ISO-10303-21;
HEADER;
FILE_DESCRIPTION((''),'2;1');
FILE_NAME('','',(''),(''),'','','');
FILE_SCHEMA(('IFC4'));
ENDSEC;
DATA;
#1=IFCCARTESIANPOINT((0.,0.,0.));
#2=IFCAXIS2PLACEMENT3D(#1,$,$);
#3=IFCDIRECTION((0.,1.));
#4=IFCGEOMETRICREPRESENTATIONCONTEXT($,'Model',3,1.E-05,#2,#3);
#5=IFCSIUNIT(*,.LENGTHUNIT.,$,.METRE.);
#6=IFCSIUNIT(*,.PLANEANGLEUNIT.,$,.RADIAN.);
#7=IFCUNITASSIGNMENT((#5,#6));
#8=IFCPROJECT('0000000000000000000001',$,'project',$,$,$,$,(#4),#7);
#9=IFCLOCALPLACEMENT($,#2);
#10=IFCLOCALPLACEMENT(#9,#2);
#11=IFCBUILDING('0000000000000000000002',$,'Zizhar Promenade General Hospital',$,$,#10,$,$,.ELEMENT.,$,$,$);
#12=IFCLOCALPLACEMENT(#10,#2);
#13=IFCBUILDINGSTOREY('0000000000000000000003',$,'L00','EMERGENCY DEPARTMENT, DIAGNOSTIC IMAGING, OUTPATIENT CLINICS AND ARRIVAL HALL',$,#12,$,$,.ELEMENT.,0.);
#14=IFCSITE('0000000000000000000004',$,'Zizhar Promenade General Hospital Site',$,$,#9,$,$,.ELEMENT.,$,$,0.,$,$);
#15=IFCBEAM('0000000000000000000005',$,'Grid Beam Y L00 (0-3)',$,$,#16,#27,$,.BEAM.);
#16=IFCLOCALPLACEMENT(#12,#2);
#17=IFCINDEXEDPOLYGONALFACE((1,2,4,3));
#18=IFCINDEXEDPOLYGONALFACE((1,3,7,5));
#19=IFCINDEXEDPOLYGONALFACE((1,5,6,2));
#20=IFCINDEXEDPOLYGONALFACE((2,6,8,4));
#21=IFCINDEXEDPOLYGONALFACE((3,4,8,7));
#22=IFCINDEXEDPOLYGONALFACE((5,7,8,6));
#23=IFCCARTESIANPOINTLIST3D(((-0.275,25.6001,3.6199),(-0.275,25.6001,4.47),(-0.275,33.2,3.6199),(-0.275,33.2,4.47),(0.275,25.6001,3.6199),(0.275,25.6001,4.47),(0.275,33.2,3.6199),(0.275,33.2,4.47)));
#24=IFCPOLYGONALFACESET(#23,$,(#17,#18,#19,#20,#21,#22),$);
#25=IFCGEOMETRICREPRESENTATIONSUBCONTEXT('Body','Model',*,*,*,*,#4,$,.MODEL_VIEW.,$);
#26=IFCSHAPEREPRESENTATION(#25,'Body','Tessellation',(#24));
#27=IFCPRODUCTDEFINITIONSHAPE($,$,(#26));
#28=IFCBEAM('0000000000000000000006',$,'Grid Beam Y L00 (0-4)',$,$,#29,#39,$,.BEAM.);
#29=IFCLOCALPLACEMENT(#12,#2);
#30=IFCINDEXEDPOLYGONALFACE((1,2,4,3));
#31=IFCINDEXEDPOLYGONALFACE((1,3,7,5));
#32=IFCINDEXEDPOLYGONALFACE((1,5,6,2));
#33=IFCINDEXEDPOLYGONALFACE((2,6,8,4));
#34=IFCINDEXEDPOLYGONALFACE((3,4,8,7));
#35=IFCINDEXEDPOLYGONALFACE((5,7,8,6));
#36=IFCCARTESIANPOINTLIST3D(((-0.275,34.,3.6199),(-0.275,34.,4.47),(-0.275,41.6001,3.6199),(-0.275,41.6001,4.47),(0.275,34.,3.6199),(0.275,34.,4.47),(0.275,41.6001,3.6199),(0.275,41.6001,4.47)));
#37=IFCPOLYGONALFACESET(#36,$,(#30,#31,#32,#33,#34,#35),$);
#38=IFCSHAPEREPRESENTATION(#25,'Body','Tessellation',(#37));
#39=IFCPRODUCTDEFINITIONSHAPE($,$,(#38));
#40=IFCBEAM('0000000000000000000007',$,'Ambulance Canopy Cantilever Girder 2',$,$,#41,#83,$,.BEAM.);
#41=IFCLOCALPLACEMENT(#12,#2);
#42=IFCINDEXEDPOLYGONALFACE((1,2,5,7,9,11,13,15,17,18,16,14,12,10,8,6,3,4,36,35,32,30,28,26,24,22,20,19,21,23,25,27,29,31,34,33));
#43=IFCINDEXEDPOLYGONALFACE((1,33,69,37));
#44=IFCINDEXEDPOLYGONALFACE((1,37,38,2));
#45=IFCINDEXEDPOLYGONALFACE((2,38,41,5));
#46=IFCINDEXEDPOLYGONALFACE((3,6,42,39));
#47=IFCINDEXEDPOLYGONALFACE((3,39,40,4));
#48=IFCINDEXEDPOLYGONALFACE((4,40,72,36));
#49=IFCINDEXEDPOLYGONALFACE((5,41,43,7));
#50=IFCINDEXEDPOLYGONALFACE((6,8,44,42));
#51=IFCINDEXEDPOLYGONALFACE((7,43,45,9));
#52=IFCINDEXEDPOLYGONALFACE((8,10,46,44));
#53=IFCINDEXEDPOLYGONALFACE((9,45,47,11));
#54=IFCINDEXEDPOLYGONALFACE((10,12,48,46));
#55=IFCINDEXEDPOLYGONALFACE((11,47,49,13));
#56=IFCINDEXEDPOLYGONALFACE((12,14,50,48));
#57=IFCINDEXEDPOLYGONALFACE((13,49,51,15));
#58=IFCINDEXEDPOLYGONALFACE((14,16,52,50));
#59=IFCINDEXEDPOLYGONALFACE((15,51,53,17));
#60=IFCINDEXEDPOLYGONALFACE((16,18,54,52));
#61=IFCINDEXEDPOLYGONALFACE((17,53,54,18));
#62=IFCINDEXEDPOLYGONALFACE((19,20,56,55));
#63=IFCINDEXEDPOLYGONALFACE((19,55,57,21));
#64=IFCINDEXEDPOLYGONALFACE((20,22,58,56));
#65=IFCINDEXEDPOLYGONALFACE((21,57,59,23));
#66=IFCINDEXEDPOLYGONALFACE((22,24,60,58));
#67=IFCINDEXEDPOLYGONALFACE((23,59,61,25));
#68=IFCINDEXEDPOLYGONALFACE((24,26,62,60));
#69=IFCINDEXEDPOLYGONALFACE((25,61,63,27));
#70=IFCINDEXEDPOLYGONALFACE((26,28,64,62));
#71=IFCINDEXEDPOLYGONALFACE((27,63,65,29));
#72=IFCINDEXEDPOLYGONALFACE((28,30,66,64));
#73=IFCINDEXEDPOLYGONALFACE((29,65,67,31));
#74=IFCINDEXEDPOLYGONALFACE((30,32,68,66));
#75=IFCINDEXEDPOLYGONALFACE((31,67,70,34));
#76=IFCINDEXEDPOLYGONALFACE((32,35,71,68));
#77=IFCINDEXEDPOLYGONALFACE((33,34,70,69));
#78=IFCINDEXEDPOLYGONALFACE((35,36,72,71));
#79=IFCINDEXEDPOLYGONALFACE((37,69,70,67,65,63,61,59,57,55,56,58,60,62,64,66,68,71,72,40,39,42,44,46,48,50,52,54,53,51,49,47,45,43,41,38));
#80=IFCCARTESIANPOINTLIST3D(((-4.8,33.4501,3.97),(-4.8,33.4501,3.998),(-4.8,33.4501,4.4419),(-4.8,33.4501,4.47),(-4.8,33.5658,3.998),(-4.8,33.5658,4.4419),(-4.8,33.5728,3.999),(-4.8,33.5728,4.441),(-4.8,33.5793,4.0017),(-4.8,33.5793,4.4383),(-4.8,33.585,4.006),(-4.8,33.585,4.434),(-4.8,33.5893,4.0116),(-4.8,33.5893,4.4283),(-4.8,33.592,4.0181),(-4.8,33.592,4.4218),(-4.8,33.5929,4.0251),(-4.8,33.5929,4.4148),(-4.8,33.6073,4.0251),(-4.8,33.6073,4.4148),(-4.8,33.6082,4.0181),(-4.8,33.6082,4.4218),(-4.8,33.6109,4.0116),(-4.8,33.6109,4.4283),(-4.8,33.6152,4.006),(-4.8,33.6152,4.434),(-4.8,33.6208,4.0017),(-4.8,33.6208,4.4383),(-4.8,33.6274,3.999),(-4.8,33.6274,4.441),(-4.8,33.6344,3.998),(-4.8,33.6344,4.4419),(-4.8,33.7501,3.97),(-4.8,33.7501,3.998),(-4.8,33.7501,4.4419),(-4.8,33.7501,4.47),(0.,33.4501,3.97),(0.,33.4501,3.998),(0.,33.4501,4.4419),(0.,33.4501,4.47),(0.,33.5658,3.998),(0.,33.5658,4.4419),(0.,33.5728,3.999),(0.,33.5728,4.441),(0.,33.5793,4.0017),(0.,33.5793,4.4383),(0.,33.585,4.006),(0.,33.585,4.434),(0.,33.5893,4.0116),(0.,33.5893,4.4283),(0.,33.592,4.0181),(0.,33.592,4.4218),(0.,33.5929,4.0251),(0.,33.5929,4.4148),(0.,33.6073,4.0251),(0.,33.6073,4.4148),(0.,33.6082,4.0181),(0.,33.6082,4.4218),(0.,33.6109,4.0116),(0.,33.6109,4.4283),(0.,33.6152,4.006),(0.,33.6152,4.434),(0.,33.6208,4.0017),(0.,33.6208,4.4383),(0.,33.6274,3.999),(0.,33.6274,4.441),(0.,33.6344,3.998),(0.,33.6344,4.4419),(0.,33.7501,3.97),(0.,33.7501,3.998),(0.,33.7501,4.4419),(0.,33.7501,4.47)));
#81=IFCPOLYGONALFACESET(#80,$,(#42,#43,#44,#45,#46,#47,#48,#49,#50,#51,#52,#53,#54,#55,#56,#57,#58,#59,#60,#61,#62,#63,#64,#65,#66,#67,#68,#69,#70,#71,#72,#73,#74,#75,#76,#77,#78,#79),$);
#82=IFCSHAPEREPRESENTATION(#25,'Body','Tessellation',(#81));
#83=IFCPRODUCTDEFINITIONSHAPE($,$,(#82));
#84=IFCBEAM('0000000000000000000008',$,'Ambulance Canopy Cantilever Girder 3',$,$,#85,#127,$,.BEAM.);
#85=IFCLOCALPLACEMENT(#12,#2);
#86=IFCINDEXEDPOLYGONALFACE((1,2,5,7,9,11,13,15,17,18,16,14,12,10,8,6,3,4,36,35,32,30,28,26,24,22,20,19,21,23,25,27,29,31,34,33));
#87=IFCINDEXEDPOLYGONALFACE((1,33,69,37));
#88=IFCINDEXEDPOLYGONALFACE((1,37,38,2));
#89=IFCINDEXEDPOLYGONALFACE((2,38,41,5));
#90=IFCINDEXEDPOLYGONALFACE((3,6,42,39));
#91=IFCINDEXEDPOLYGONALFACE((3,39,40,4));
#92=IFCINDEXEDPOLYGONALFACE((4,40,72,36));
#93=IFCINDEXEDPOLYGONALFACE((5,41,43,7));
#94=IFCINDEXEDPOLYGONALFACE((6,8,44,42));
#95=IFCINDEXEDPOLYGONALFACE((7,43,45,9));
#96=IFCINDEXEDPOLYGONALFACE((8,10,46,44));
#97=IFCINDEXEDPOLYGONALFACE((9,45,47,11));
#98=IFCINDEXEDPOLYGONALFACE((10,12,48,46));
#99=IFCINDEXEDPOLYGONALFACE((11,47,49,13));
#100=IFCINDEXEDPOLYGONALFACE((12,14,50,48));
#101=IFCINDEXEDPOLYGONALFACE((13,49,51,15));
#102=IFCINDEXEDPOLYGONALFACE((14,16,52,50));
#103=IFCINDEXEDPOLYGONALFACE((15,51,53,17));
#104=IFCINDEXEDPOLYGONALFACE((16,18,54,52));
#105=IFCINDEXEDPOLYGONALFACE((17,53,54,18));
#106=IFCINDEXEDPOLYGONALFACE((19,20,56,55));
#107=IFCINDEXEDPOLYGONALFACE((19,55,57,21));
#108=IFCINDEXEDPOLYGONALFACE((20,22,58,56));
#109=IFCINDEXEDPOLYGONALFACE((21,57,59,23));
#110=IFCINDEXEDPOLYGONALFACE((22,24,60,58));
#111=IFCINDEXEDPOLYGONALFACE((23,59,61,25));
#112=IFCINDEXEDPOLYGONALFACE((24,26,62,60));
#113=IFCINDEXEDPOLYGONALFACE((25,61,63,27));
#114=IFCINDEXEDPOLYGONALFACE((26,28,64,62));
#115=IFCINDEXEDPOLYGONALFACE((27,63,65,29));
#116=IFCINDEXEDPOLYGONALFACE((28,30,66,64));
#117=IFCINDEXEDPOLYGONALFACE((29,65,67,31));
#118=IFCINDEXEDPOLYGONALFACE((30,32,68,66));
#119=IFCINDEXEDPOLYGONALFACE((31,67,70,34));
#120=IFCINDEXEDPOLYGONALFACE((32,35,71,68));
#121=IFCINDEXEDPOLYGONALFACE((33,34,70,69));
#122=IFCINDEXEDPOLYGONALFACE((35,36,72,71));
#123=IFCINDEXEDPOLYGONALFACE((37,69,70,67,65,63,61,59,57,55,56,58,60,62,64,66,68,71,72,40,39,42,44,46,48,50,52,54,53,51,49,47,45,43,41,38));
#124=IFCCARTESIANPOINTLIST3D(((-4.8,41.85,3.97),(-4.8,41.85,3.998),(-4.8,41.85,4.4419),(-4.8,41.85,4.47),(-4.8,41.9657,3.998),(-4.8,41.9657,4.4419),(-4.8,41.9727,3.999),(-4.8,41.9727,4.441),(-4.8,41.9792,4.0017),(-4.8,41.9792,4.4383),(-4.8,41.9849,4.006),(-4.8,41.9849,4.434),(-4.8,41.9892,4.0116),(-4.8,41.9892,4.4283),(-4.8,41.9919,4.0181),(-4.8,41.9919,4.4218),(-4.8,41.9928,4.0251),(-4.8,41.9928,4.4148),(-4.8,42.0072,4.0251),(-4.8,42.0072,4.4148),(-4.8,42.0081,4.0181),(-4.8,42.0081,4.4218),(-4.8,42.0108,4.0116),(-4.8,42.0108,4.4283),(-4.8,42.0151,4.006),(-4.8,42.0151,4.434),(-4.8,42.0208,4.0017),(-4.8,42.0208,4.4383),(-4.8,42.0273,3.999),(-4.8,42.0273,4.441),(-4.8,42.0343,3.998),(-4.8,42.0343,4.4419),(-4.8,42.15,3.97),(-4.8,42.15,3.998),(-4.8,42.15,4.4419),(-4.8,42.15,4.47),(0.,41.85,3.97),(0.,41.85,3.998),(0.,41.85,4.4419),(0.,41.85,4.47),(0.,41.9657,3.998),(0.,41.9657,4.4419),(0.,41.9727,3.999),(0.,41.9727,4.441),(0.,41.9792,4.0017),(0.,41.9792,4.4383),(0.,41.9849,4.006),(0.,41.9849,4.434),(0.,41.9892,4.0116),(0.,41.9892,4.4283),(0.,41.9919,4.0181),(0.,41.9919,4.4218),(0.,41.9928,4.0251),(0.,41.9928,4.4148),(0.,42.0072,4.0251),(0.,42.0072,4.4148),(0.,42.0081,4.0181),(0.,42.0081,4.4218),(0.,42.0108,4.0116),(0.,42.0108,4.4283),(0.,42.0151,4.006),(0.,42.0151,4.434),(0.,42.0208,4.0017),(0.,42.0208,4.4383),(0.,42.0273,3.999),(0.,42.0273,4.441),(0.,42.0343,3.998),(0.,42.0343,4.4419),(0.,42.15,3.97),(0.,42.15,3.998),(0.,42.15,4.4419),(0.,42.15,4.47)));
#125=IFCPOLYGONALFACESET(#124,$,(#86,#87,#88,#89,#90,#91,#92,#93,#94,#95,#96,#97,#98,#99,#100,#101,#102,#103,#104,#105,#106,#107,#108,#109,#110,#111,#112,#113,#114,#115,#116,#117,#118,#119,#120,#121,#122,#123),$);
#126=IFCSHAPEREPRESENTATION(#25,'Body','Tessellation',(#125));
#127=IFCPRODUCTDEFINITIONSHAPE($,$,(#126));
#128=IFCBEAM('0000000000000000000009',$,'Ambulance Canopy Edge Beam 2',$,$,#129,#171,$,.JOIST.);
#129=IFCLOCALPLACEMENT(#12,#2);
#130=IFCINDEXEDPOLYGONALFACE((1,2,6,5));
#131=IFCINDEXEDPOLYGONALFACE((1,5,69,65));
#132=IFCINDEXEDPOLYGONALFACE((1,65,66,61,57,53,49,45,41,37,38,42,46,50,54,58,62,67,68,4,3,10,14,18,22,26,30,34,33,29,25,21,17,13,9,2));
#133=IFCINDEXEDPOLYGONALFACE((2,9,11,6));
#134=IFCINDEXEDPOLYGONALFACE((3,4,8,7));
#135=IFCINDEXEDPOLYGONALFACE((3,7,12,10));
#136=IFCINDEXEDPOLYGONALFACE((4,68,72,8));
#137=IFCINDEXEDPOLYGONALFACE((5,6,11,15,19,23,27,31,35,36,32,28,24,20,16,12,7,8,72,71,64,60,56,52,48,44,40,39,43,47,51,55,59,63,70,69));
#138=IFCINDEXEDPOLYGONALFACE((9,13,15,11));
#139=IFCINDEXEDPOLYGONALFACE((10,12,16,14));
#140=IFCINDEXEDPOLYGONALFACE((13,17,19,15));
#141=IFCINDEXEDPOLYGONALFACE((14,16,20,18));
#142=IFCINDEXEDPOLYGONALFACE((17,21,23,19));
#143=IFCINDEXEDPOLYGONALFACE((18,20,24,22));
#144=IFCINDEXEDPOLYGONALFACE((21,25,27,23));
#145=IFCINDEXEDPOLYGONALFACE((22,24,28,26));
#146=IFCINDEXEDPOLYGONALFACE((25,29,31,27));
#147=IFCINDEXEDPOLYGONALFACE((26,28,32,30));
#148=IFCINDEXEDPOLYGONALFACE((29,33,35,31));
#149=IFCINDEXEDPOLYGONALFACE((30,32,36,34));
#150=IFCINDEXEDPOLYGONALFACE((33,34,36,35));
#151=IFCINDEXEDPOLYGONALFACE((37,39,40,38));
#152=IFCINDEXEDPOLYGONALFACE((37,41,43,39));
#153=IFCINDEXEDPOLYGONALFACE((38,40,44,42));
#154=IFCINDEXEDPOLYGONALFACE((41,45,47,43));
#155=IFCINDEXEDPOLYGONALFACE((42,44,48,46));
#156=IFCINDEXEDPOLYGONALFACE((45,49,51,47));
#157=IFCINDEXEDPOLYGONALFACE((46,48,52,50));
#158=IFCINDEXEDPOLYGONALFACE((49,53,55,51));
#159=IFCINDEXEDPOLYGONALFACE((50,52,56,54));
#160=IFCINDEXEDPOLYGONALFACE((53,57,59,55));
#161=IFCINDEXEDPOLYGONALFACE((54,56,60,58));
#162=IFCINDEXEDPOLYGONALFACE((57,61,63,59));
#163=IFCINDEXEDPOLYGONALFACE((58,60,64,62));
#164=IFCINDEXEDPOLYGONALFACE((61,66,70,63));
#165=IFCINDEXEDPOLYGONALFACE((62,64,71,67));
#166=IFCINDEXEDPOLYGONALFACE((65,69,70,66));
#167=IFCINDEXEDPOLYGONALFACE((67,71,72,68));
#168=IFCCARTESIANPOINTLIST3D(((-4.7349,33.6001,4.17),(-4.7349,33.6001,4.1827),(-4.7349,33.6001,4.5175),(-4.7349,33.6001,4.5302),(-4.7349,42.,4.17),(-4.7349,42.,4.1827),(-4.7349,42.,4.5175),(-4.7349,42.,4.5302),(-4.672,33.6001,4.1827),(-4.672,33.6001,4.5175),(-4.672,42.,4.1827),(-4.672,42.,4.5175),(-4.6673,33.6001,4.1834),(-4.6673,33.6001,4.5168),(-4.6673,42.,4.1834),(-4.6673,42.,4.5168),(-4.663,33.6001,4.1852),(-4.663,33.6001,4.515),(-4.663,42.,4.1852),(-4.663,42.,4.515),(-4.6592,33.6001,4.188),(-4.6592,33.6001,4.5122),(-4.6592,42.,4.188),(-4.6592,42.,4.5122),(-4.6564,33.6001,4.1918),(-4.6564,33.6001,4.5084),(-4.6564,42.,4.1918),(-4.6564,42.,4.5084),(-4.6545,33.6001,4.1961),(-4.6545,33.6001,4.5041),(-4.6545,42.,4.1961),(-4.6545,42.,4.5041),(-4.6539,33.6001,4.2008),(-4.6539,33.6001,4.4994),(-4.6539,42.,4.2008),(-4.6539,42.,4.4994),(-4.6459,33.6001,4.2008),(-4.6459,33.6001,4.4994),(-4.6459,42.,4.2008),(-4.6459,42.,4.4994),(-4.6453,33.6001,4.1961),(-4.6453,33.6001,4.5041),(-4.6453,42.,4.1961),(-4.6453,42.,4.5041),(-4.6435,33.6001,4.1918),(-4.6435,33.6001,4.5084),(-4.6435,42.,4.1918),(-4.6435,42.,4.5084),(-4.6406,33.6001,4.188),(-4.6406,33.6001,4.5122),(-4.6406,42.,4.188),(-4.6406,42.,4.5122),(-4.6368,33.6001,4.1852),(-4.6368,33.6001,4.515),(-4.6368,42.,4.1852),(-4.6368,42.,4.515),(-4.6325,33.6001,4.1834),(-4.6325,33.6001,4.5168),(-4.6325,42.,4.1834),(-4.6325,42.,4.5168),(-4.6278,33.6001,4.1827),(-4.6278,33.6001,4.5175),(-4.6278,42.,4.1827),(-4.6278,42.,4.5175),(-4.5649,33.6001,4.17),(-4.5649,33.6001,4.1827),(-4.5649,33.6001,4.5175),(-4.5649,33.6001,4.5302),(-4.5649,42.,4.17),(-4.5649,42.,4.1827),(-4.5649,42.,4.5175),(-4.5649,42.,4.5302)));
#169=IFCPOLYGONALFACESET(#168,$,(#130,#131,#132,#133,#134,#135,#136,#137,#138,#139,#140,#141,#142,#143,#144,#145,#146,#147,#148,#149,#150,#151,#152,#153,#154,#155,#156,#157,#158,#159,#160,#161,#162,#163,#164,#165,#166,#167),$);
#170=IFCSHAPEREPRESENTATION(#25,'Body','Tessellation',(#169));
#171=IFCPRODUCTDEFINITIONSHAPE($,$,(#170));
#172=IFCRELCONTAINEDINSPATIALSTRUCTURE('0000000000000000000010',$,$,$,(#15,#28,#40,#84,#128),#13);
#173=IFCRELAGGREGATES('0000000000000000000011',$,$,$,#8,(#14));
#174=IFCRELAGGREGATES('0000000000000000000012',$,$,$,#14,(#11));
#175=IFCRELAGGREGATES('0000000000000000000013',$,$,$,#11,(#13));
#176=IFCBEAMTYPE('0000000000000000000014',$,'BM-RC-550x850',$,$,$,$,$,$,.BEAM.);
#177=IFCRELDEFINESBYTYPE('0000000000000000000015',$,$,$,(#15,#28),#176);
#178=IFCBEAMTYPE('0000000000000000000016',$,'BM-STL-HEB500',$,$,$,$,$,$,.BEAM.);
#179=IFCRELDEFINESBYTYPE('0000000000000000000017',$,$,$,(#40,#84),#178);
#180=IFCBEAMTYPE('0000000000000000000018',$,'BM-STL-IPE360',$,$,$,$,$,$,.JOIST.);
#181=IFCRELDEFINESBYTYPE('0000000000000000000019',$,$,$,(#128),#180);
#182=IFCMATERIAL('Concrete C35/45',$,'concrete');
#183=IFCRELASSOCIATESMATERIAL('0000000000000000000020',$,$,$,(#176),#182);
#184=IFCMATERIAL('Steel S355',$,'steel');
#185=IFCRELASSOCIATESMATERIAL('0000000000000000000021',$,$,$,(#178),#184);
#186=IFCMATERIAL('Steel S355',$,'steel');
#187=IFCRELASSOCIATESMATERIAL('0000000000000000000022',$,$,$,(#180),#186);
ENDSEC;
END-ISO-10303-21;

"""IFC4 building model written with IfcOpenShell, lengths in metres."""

from ifc_helpers import new_model, si_unit, direction, frame, origin, origin_2d, place, context, subcontext, project, spatial, rectangle, i_section, extrude, material, material_profile, profile_set, type_object, element, save


model = new_model("IFC4")

# Units and contexts
model_context = context("Model", 3, precision=1e-05, world=origin(), true_north=direction((0.0, 1.0)))
body_context = subcontext(model_context, "Body", "Model", "MODEL_VIEW")
ifc_project = project(units=[si_unit("LENGTHUNIT", "METRE"), si_unit("PLANEANGLEUNIT", "RADIAN")], contexts=[model_context])

# Site, building, storey
site_placement = place(None, origin())
site = spatial("IfcSite", under=ifc_project, at=site_placement, Name="Zizhar Promenade General Hospital Site", CompositionType="ELEMENT", RefElevation=0.0)
building_placement = place(site_placement, origin())
building = spatial("IfcBuilding", under=site, at=building_placement, Name="Zizhar Promenade General Hospital", CompositionType="ELEMENT")
storey_placement = place(building_placement, origin())
storey = spatial("IfcBuildingStorey", under=building, at=storey_placement, Name="L00", Description="EMERGENCY DEPARTMENT, DIAGNOSTIC IMAGING, OUTPATIENT CLINICS AND ARRIVAL HALL", CompositionType="ELEMENT", Elevation=0.0)

# Beams
ifc_material_1 = material(Name="Concrete C35/45", Category="concrete")
ifc_material_profile_1 = material_profile(ifc_material_1, rectangle(XDim=0.55, YDim=0.8501, at=origin_2d()))
ifc_profile_set_1 = profile_set([ifc_material_profile_1], Name="Concrete C35/45")
beam_type_1 = type_object("IfcBeamType", Name="BM-RC-550x850", PredefinedType="BEAM", material=ifc_profile_set_1)
beam_1_placement = place(storey_placement, frame((0.0, 25.6001, 4.0449), z_axis=(0.0, 1.0, 0.0), x_axis=(-1.0, 0.0, 0.0)))
element("IfcBeam", 1, at=beam_1_placement, inside=storey, type_object=beam_type_1, Name="Grid Beam Y L00 (0-3)", PredefinedType="BEAM", context=body_context, shape_type="SweptSolid", body=[
    extrude(rectangle(XDim=0.55, YDim=0.8501, at=origin_2d()), origin(), (0.0, 0.0, 1.0), 7.5999),
])
beam_2_placement = place(storey_placement, frame((0.0, 34.0, 4.0449), z_axis=(0.0, 1.0, 0.0), x_axis=(-1.0, 0.0, 0.0)))
element("IfcBeam", 2, at=beam_2_placement, inside=storey, type_object=beam_type_1, Name="Grid Beam Y L00 (0-4)", PredefinedType="BEAM", context=body_context, shape_type="SweptSolid", body=[
    extrude(rectangle(XDim=0.55, YDim=0.8501, at=origin_2d()), origin(), (0.0, 0.0, 1.0), 7.6001),
])
ifc_material_2 = material(Name="Steel S355", Category="steel")
ifc_material_profile_2 = material_profile(ifc_material_2, i_section(OverallWidth=0.3, OverallDepth=0.5, WebThickness=0.0144, FlangeThickness=0.0281, FilletRadius=0.0271, at=origin_2d()))
ifc_profile_set_2 = profile_set([ifc_material_profile_2], Name="Steel S355")
beam_type_2 = type_object("IfcBeamType", Name="BM-STL-HEB500", PredefinedType="BEAM", material=ifc_profile_set_2)
for number, where, z_axis, x_axis, name in (
    (3, (0.0, 33.6001, 4.22), (-1.0, 0.0, 0.0), (0.0, -1.0, 0.0), "Ambulance Canopy Cantilever Girder 2"),
    (4, (0.0, 42.0, 4.22), (-1.0, 0.0, 0.0), (0.0, -1.0, 0.0), "Ambulance Canopy Cantilever Girder 3"),
):
    element("IfcBeam", number, at=place(storey_placement, frame(where, z_axis=z_axis, x_axis=x_axis)), inside=storey, type_object=beam_type_2, Name=name, PredefinedType="BEAM", context=body_context, shape_type="SweptSolid", body=[
        extrude(i_section(OverallWidth=0.3, OverallDepth=0.5, WebThickness=0.0144, FlangeThickness=0.0281, FilletRadius=0.0271, at=origin_2d()), origin(), (0.0, 0.0, 1.0), 4.8),
    ])
ifc_material_3 = material(Name="Steel S355", Category="steel")
ifc_material_profile_3 = material_profile(ifc_material_3, i_section(OverallWidth=0.1699, OverallDepth=0.3601, WebThickness=0.0081, FlangeThickness=0.0127, FilletRadius=0.0181, at=origin_2d()))
ifc_profile_set_3 = profile_set([ifc_material_profile_3], Name="Steel S355")
beam_type_3 = type_object("IfcBeamType", Name="BM-STL-IPE360", PredefinedType="JOIST", material=ifc_profile_set_3)
beam_3_placement = place(storey_placement, frame((-4.6499, 33.6001, 4.3501), z_axis=(0.0, 1.0, 0.0), x_axis=(-1.0, 0.0, 0.0)))
element("IfcBeam", 5, at=beam_3_placement, inside=storey, type_object=beam_type_3, Name="Ambulance Canopy Edge Beam 2", PredefinedType="JOIST", context=body_context, shape_type="SweptSolid", body=[
    extrude(i_section(OverallWidth=0.1699, OverallDepth=0.3601, WebThickness=0.0081, FlangeThickness=0.0127, FilletRadius=0.0181, at=origin_2d()), origin(), (0.0, 0.0, 1.0), 8.3999),
])

save(model, "model.ifc")
